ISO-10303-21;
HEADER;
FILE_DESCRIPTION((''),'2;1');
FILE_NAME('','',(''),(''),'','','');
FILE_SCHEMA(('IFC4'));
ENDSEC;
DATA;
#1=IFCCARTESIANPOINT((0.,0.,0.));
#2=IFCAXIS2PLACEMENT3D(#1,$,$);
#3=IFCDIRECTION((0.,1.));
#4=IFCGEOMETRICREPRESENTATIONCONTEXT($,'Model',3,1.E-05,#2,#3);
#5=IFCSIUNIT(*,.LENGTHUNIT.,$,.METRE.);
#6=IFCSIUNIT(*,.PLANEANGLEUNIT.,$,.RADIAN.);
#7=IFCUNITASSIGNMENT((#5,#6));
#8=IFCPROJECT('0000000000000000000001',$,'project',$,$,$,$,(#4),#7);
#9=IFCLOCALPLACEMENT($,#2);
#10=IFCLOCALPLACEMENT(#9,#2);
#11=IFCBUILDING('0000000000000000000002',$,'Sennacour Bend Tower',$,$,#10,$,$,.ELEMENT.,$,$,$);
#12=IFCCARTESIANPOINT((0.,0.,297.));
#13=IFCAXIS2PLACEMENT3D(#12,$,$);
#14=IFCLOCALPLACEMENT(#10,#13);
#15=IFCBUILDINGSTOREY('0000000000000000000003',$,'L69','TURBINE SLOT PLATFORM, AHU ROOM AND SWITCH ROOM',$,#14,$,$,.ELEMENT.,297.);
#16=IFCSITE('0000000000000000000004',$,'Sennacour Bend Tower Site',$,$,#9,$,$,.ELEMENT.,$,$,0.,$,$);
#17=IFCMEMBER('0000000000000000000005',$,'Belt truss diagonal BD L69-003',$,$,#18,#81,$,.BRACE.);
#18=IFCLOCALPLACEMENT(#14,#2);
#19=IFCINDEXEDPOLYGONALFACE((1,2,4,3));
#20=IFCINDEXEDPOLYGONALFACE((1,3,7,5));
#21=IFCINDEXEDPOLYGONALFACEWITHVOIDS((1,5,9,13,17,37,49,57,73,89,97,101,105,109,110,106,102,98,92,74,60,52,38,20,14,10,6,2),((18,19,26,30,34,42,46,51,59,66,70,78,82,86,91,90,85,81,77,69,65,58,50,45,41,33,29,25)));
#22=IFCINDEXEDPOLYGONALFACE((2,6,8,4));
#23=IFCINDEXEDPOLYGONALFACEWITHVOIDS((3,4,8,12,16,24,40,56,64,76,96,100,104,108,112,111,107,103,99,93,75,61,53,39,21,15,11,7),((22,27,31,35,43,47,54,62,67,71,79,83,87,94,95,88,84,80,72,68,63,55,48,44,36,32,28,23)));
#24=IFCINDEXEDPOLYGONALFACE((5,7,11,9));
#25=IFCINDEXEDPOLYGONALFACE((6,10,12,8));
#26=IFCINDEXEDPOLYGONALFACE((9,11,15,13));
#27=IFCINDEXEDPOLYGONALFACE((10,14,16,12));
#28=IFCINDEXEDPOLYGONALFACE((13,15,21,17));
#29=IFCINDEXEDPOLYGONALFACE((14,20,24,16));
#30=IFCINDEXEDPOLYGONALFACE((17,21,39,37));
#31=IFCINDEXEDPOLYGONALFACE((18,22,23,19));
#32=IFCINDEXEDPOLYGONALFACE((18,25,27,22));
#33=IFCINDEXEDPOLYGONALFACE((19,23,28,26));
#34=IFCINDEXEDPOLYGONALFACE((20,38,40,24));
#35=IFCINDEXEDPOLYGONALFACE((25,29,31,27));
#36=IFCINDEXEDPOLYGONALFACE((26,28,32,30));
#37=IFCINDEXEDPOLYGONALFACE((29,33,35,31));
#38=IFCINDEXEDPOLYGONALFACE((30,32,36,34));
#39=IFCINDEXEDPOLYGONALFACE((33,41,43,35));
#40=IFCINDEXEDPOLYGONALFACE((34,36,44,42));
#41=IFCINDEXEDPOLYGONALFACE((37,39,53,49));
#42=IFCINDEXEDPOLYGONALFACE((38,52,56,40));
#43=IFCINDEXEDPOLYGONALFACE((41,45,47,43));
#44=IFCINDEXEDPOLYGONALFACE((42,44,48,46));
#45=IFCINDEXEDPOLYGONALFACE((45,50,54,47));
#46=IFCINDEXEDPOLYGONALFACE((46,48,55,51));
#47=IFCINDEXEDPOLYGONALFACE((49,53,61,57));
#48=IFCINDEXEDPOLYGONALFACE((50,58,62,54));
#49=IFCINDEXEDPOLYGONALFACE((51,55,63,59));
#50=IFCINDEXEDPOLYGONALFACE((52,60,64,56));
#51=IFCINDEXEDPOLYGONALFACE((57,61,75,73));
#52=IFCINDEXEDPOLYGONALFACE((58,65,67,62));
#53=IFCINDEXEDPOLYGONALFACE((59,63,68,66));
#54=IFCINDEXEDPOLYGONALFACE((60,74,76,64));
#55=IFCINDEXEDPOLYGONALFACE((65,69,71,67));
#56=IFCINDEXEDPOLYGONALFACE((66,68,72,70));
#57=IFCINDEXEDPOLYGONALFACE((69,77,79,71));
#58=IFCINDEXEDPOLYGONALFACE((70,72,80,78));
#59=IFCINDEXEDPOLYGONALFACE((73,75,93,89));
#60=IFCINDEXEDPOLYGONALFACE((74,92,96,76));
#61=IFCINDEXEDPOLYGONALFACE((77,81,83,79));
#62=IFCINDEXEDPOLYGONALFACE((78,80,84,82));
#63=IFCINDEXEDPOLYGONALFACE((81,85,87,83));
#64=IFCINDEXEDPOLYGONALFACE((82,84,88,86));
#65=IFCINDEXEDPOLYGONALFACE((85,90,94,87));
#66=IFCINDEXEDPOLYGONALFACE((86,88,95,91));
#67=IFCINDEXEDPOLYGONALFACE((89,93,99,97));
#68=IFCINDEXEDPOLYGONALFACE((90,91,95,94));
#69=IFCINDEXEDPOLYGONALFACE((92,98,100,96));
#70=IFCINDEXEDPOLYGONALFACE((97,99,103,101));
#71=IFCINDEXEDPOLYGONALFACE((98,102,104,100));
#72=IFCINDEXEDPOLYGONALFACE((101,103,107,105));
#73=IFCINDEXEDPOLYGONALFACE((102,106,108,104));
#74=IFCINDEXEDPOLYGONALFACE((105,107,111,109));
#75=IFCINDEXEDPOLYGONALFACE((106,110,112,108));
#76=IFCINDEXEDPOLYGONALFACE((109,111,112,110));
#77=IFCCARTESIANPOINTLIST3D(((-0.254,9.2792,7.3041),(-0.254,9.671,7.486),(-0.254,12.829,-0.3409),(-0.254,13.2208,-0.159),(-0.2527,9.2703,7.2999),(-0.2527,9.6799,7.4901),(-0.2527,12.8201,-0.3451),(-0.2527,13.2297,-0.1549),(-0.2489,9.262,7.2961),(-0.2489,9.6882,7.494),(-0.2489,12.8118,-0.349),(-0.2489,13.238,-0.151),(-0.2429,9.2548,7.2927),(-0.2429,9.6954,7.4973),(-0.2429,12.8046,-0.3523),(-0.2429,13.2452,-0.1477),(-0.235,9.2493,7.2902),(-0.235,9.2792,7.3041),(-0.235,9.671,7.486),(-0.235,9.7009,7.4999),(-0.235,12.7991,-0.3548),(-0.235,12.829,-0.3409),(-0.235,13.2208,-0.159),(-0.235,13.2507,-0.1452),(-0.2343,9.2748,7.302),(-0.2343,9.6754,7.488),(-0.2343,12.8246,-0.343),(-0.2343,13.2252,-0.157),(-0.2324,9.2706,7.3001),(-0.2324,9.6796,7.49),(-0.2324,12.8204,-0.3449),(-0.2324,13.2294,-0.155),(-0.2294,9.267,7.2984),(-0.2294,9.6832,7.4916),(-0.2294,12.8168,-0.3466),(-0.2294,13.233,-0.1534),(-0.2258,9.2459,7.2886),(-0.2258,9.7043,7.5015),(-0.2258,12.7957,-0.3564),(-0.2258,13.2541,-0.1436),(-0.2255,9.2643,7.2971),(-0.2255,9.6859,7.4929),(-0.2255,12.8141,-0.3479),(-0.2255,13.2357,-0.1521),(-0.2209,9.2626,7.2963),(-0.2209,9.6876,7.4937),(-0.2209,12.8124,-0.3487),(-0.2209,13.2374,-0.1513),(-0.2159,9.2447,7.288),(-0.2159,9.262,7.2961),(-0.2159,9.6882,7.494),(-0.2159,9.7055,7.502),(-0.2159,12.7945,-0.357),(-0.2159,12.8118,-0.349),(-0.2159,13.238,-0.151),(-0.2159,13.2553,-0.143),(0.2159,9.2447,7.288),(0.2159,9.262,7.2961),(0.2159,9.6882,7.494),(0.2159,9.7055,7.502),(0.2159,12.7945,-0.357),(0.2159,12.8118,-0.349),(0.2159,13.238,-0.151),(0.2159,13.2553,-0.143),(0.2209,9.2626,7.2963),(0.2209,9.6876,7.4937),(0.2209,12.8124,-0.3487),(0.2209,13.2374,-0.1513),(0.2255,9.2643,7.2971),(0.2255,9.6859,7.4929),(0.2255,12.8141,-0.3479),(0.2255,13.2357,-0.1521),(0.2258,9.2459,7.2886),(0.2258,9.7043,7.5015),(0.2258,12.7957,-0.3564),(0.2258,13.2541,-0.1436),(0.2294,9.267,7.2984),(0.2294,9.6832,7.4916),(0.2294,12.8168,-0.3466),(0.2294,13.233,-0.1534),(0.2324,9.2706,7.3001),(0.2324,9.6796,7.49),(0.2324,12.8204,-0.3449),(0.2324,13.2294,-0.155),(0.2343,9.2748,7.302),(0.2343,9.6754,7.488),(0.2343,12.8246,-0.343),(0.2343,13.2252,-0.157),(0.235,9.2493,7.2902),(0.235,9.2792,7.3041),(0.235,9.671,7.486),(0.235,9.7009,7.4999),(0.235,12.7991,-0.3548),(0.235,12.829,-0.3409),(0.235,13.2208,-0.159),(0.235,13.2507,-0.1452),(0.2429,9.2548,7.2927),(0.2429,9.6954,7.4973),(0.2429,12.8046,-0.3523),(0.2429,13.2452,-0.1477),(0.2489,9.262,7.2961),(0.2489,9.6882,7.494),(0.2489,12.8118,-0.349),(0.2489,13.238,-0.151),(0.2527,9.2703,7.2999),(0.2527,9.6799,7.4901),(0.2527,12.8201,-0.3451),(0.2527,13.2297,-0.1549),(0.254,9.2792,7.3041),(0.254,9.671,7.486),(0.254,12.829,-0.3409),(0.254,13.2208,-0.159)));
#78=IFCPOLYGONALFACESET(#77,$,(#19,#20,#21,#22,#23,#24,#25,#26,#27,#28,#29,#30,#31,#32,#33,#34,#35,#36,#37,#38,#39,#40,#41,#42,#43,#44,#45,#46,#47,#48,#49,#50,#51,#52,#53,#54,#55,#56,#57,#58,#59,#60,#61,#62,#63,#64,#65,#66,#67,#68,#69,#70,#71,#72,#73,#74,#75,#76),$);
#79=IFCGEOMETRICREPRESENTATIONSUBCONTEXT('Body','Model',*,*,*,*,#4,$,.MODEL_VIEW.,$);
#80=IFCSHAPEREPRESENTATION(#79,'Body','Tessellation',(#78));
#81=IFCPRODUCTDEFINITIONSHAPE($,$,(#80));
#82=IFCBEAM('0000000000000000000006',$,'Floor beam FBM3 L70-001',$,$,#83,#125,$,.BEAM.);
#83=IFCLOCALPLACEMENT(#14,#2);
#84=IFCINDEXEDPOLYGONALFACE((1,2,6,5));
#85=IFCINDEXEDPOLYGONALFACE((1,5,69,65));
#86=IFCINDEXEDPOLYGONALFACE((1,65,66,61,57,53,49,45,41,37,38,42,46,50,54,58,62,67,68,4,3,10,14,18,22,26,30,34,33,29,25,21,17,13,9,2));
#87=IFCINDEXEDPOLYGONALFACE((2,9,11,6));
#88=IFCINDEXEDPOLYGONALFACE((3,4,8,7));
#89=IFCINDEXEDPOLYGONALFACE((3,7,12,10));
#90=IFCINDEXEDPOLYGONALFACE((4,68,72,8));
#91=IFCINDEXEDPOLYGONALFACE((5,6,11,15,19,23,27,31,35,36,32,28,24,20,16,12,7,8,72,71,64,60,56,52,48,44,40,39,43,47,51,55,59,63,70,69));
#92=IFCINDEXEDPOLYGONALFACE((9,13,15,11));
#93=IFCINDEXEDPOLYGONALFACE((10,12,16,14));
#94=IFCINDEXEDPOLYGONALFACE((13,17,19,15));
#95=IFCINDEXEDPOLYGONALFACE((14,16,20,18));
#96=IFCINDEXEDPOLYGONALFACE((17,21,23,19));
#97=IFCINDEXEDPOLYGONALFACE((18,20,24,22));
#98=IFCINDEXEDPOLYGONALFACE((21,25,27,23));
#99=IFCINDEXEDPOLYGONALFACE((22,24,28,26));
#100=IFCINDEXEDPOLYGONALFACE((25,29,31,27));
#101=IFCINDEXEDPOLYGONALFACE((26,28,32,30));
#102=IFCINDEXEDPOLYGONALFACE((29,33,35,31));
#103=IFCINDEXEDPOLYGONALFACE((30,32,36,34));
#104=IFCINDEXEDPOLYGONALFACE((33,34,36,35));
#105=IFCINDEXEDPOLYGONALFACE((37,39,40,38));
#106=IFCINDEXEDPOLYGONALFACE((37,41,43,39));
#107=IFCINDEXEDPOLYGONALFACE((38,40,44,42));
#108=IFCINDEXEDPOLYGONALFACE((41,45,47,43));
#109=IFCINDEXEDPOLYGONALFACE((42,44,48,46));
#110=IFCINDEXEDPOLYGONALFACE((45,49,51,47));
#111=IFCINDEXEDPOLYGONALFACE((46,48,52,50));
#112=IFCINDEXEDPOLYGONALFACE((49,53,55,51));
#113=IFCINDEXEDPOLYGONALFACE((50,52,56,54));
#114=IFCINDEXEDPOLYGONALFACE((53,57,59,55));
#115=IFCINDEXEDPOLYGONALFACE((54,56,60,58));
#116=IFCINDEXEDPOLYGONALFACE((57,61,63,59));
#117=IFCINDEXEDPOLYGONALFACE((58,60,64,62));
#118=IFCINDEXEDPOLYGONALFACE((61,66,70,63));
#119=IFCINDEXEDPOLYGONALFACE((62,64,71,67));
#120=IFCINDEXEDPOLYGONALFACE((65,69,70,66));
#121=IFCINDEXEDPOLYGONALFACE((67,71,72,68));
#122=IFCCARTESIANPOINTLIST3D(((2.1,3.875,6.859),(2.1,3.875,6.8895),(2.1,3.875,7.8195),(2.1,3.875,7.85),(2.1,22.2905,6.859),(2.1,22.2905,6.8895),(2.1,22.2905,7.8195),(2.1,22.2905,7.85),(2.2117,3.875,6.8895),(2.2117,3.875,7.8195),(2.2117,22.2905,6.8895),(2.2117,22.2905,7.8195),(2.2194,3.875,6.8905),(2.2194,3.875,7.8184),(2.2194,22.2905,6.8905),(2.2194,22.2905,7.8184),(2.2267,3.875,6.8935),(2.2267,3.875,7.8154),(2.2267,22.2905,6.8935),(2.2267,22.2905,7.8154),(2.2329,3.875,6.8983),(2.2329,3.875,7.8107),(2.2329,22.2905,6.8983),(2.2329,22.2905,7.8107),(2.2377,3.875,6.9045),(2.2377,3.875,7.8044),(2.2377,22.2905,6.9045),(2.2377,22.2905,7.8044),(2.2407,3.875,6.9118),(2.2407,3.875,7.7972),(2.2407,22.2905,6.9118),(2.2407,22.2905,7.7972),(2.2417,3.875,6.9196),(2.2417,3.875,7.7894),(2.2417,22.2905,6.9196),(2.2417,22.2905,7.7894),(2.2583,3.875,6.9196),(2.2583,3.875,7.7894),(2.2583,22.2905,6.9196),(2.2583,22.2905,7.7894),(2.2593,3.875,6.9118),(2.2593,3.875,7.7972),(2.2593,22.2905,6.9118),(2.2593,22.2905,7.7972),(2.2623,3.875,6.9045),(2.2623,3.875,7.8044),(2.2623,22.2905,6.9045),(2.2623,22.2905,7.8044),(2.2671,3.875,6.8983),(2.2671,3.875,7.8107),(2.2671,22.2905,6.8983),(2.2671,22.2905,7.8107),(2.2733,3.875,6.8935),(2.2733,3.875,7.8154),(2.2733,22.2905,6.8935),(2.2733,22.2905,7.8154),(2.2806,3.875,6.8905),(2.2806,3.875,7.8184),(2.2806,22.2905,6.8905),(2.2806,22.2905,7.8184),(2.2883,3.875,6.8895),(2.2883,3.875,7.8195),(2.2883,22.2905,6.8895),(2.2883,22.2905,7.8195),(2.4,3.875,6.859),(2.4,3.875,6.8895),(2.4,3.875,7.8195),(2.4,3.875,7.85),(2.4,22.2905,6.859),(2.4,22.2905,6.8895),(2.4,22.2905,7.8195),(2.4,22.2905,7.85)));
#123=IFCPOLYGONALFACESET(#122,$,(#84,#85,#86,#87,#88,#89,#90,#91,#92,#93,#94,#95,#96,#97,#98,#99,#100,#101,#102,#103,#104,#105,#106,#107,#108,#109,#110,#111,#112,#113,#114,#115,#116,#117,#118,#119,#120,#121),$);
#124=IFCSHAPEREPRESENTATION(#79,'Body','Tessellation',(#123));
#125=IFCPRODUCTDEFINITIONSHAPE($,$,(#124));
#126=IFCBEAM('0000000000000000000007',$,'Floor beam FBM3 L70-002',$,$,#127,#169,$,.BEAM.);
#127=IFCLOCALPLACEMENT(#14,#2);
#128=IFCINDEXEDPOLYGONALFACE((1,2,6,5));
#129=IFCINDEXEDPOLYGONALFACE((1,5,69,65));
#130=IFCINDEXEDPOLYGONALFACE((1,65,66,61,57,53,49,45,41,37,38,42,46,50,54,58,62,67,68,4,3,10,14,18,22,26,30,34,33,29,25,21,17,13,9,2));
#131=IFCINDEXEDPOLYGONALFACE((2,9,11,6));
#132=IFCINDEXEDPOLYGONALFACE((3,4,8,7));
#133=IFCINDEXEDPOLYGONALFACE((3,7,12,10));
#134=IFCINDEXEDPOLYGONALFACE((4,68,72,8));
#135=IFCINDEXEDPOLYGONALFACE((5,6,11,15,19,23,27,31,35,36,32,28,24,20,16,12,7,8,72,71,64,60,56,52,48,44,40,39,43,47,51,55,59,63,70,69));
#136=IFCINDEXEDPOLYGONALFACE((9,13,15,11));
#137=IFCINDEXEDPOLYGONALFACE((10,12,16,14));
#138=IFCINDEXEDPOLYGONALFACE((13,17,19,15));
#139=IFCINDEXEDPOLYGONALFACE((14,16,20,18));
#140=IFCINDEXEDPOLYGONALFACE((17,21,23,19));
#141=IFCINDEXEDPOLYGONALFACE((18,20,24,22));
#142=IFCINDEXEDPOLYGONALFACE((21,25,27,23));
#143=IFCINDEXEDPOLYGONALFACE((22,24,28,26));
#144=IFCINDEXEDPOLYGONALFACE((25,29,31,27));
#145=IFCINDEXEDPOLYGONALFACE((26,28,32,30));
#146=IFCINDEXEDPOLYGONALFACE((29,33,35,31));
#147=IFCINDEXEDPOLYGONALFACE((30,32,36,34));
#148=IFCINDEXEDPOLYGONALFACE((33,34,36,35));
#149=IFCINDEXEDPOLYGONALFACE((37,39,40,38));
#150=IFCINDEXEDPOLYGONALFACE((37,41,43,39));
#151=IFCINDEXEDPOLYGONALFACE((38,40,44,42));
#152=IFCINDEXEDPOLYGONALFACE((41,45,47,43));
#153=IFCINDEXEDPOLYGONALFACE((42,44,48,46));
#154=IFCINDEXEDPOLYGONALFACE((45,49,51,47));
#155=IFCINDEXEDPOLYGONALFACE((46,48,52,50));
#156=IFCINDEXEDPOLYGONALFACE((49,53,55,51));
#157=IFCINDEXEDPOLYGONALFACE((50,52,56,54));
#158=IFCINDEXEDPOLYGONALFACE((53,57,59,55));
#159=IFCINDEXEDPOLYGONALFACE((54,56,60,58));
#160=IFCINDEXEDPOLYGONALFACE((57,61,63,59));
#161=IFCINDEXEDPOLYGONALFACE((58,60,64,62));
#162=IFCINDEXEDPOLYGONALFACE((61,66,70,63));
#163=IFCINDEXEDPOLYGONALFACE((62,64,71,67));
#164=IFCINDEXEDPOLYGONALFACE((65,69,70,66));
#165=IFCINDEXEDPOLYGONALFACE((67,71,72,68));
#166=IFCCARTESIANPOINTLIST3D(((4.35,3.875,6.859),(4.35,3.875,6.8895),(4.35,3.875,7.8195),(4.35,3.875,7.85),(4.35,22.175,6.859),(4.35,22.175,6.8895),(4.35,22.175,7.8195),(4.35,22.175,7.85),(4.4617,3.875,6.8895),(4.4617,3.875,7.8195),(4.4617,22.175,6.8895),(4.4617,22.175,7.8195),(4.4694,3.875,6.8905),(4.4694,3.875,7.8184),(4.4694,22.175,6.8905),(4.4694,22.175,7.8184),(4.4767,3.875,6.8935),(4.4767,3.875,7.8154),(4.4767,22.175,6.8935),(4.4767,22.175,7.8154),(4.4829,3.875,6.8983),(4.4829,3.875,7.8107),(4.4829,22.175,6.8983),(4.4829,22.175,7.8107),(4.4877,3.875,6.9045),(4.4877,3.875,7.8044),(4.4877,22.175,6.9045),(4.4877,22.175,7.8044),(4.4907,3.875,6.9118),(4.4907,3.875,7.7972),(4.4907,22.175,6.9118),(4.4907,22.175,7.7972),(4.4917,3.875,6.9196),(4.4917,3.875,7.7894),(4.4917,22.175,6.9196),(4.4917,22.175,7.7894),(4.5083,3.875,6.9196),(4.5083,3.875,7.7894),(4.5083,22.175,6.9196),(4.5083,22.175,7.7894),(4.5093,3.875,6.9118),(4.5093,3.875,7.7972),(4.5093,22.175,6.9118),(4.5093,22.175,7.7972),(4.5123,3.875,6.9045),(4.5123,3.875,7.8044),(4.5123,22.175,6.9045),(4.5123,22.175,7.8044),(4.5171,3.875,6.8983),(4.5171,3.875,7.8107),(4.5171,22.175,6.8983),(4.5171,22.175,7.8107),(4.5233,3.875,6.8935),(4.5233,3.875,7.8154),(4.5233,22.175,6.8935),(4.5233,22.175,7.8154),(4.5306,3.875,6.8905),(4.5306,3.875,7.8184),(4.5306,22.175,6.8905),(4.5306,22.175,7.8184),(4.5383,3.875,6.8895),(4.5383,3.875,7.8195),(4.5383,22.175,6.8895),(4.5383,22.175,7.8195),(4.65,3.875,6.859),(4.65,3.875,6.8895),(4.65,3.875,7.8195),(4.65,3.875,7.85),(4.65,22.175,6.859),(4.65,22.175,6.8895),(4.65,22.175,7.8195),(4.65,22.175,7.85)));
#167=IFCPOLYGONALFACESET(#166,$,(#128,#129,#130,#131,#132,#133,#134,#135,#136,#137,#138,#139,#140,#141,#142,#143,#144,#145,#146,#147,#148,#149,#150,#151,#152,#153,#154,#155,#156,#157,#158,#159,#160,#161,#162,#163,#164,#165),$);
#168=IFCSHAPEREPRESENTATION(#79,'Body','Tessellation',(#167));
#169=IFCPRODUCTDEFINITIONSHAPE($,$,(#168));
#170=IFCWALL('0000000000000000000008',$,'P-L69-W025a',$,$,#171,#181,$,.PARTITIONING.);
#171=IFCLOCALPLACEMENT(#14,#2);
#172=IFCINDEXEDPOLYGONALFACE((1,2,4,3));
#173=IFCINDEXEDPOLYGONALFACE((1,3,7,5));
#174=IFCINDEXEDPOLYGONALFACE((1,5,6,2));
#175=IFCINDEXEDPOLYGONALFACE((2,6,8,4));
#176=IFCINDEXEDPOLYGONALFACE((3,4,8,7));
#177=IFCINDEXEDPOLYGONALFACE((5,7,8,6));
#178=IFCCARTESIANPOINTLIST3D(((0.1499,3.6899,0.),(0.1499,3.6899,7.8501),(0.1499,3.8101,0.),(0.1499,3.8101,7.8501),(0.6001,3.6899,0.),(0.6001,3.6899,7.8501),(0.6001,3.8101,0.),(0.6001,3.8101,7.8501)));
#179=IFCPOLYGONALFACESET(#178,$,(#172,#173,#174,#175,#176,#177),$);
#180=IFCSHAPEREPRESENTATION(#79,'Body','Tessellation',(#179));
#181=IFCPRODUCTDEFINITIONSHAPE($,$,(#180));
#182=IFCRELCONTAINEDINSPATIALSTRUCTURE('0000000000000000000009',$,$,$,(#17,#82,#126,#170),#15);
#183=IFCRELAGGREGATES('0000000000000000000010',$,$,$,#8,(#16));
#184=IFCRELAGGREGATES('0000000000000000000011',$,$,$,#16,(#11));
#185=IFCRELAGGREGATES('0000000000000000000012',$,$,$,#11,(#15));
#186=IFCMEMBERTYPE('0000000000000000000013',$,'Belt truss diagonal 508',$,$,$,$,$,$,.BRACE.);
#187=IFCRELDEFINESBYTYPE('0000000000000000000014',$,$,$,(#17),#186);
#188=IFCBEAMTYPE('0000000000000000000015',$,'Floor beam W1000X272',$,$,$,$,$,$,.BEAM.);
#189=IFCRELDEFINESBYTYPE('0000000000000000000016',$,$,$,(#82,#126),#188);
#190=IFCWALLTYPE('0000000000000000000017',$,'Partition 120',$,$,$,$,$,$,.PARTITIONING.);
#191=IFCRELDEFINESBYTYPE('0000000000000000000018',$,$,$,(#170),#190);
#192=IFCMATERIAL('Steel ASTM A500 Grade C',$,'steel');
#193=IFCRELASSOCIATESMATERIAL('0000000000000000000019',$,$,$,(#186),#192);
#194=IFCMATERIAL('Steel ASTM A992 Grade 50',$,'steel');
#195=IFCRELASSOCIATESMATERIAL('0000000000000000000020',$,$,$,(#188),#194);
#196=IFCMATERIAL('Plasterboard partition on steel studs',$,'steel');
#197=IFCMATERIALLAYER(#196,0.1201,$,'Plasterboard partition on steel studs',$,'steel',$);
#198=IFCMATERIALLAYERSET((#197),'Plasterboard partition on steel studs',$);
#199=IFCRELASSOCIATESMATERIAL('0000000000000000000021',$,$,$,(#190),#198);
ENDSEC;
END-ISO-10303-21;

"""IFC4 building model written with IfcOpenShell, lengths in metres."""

from ifc_helpers import new_model, si_unit, direction, frame, frame_2d, origin, origin_2d, place, context, subcontext, project, spatial, rectangle, hollow_rectangle, i_section, extrude, material, layer, layer_set, material_profile, profile_set, type_object, element, save


model = new_model("IFC4")

# Units and contexts
model_context = context("Model", 3, precision=1e-05, world=origin(), true_north=direction((0.0, 1.0)))
body_context = subcontext(model_context, "Body", "Model", "MODEL_VIEW")
ifc_project = project(units=[si_unit("LENGTHUNIT", "METRE"), si_unit("PLANEANGLEUNIT", "RADIAN")], contexts=[model_context])

# Site, building, storey
site_placement = place(None, origin())
site = spatial("IfcSite", under=ifc_project, at=site_placement, Name="Sennacour Bend Tower Site", CompositionType="ELEMENT", RefElevation=0.0)
building_placement = place(site_placement, origin())
building = spatial("IfcBuilding", under=site, at=building_placement, Name="Sennacour Bend Tower", CompositionType="ELEMENT")
storey_placement = place(building_placement, frame((0.0, 0.0, 297.0)))
storey = spatial("IfcBuildingStorey", under=building, at=storey_placement, Name="L69", Description="TURBINE SLOT PLATFORM, AHU ROOM AND SWITCH ROOM", CompositionType="ELEMENT", Elevation=297.0)

# Member
ifc_material_1 = material(Name="Steel ASTM A992 Grade 50", Category="steel")
ifc_material_2 = material(Name="Steel ASTM A500 Grade C", Category="steel")
ifc_material_profile_1 = material_profile(ifc_material_2, hollow_rectangle(XDim=0.5081, YDim=0.5081, WallThickness=0.019, InnerFilletRadius=0.019, OuterFilletRadius=0.0381, at=origin_2d()), Name="Steel ASTM A500 Grade C", Category="steel")
ifc_profile_set_1 = profile_set([ifc_material_profile_1], Name="Steel ASTM A500 Grade C")
member_type_1 = type_object("IfcMemberType", Name="Belt truss diagonal 508", PredefinedType="BRACE", material=ifc_profile_set_1)
for number, where, z_axis, x_axis, name in (
    (1, (0.0, 9.4751, 7.395), (0.0, 0.421144, -0.906994), (-1.0, 0.0, 0.0), "Belt truss diagonal BD L69-003"),
):
    element("IfcMember", number, at=place(storey_placement, frame(where, z_axis=z_axis, x_axis=x_axis)), inside=storey, type_object=member_type_1, Name=name, PredefinedType="BRACE", context=body_context, shape_type="SweptSolid", body=[
        extrude(hollow_rectangle(XDim=0.5081, YDim=0.5081, WallThickness=0.019, InnerFilletRadius=0.019, OuterFilletRadius=0.0381, at=origin_2d()), origin(), (0.0, 0.0, 1.0), 8.429),
    ])

# Beams
ifc_material_profile_2 = material_profile(ifc_material_1, i_section(OverallWidth=0.3, OverallDepth=0.991, WebThickness=0.0166, FlangeThickness=0.0305, FilletRadius=0.03, at=origin_2d()), Name="Steel ASTM A992 Grade 50", Category="steel")
ifc_profile_set_2 = profile_set([ifc_material_profile_2], Name="Steel ASTM A992 Grade 50")
beam_type = type_object("IfcBeamType", Name="Floor beam W1000X272", PredefinedType="BEAM", material=ifc_profile_set_2)
beam_1_placement = place(storey_placement, frame((2.25, 3.875, 7.3545), z_axis=(0.0, 1.0, 0.0), x_axis=(-1.0, 0.0, 0.0)))
element("IfcBeam", 2, at=beam_1_placement, inside=storey, type_object=beam_type, Name="Floor beam FBM3 L70-001", PredefinedType="BEAM", context=body_context, shape_type="SweptSolid", body=[
    extrude(i_section(OverallWidth=0.3, OverallDepth=0.991, WebThickness=0.0166, FlangeThickness=0.0305, FilletRadius=0.03, at=origin_2d()), origin(), (0.0, 0.0, 1.0), 18.4155),
])
beam_2_placement = place(storey_placement, frame((4.5, 3.875, 7.3545), z_axis=(0.0, 1.0, 0.0), x_axis=(-1.0, 0.0, 0.0)))
element("IfcBeam", 3, at=beam_2_placement, inside=storey, type_object=beam_type, Name="Floor beam FBM3 L70-002", PredefinedType="BEAM", context=body_context, shape_type="SweptSolid", body=[
    extrude(i_section(OverallWidth=0.3, OverallDepth=0.991, WebThickness=0.0166, FlangeThickness=0.0305, FilletRadius=0.03, at=origin_2d()), origin(), (0.0, 0.0, 1.0), 18.3),
])

# Wall
ifc_material_3 = material(Name="Plasterboard partition on steel studs", Category="steel")
ifc_layer_1 = layer(ifc_material_3, 0.1201, Name="Plasterboard partition on steel studs", Category="steel")
ifc_layer_set_1 = layer_set([ifc_layer_1], Name="Plasterboard partition on steel studs")
wall_type_1 = type_object("IfcWallType", Name="Partition 120", PredefinedType="PARTITIONING", material=ifc_layer_set_1)
wall_1_placement = place(storey_placement, frame((0.1499, 3.75, 0.0), z_axis=(0.0, 0.0, 1.0), x_axis=(1.0, 0.0, 0.0)))
element("IfcWall", 4, at=wall_1_placement, inside=storey, type_object=wall_type_1, Name="P-L69-W025a", PredefinedType="PARTITIONING", context=body_context, shape_type="SweptSolid", body=[
    extrude(rectangle(XDim=0.4502, YDim=0.1201, at=frame_2d((0.2251, 0.0))), origin(), (0.0, 0.0, 1.0), 7.8501),
])

save(model, "model.ifc")
